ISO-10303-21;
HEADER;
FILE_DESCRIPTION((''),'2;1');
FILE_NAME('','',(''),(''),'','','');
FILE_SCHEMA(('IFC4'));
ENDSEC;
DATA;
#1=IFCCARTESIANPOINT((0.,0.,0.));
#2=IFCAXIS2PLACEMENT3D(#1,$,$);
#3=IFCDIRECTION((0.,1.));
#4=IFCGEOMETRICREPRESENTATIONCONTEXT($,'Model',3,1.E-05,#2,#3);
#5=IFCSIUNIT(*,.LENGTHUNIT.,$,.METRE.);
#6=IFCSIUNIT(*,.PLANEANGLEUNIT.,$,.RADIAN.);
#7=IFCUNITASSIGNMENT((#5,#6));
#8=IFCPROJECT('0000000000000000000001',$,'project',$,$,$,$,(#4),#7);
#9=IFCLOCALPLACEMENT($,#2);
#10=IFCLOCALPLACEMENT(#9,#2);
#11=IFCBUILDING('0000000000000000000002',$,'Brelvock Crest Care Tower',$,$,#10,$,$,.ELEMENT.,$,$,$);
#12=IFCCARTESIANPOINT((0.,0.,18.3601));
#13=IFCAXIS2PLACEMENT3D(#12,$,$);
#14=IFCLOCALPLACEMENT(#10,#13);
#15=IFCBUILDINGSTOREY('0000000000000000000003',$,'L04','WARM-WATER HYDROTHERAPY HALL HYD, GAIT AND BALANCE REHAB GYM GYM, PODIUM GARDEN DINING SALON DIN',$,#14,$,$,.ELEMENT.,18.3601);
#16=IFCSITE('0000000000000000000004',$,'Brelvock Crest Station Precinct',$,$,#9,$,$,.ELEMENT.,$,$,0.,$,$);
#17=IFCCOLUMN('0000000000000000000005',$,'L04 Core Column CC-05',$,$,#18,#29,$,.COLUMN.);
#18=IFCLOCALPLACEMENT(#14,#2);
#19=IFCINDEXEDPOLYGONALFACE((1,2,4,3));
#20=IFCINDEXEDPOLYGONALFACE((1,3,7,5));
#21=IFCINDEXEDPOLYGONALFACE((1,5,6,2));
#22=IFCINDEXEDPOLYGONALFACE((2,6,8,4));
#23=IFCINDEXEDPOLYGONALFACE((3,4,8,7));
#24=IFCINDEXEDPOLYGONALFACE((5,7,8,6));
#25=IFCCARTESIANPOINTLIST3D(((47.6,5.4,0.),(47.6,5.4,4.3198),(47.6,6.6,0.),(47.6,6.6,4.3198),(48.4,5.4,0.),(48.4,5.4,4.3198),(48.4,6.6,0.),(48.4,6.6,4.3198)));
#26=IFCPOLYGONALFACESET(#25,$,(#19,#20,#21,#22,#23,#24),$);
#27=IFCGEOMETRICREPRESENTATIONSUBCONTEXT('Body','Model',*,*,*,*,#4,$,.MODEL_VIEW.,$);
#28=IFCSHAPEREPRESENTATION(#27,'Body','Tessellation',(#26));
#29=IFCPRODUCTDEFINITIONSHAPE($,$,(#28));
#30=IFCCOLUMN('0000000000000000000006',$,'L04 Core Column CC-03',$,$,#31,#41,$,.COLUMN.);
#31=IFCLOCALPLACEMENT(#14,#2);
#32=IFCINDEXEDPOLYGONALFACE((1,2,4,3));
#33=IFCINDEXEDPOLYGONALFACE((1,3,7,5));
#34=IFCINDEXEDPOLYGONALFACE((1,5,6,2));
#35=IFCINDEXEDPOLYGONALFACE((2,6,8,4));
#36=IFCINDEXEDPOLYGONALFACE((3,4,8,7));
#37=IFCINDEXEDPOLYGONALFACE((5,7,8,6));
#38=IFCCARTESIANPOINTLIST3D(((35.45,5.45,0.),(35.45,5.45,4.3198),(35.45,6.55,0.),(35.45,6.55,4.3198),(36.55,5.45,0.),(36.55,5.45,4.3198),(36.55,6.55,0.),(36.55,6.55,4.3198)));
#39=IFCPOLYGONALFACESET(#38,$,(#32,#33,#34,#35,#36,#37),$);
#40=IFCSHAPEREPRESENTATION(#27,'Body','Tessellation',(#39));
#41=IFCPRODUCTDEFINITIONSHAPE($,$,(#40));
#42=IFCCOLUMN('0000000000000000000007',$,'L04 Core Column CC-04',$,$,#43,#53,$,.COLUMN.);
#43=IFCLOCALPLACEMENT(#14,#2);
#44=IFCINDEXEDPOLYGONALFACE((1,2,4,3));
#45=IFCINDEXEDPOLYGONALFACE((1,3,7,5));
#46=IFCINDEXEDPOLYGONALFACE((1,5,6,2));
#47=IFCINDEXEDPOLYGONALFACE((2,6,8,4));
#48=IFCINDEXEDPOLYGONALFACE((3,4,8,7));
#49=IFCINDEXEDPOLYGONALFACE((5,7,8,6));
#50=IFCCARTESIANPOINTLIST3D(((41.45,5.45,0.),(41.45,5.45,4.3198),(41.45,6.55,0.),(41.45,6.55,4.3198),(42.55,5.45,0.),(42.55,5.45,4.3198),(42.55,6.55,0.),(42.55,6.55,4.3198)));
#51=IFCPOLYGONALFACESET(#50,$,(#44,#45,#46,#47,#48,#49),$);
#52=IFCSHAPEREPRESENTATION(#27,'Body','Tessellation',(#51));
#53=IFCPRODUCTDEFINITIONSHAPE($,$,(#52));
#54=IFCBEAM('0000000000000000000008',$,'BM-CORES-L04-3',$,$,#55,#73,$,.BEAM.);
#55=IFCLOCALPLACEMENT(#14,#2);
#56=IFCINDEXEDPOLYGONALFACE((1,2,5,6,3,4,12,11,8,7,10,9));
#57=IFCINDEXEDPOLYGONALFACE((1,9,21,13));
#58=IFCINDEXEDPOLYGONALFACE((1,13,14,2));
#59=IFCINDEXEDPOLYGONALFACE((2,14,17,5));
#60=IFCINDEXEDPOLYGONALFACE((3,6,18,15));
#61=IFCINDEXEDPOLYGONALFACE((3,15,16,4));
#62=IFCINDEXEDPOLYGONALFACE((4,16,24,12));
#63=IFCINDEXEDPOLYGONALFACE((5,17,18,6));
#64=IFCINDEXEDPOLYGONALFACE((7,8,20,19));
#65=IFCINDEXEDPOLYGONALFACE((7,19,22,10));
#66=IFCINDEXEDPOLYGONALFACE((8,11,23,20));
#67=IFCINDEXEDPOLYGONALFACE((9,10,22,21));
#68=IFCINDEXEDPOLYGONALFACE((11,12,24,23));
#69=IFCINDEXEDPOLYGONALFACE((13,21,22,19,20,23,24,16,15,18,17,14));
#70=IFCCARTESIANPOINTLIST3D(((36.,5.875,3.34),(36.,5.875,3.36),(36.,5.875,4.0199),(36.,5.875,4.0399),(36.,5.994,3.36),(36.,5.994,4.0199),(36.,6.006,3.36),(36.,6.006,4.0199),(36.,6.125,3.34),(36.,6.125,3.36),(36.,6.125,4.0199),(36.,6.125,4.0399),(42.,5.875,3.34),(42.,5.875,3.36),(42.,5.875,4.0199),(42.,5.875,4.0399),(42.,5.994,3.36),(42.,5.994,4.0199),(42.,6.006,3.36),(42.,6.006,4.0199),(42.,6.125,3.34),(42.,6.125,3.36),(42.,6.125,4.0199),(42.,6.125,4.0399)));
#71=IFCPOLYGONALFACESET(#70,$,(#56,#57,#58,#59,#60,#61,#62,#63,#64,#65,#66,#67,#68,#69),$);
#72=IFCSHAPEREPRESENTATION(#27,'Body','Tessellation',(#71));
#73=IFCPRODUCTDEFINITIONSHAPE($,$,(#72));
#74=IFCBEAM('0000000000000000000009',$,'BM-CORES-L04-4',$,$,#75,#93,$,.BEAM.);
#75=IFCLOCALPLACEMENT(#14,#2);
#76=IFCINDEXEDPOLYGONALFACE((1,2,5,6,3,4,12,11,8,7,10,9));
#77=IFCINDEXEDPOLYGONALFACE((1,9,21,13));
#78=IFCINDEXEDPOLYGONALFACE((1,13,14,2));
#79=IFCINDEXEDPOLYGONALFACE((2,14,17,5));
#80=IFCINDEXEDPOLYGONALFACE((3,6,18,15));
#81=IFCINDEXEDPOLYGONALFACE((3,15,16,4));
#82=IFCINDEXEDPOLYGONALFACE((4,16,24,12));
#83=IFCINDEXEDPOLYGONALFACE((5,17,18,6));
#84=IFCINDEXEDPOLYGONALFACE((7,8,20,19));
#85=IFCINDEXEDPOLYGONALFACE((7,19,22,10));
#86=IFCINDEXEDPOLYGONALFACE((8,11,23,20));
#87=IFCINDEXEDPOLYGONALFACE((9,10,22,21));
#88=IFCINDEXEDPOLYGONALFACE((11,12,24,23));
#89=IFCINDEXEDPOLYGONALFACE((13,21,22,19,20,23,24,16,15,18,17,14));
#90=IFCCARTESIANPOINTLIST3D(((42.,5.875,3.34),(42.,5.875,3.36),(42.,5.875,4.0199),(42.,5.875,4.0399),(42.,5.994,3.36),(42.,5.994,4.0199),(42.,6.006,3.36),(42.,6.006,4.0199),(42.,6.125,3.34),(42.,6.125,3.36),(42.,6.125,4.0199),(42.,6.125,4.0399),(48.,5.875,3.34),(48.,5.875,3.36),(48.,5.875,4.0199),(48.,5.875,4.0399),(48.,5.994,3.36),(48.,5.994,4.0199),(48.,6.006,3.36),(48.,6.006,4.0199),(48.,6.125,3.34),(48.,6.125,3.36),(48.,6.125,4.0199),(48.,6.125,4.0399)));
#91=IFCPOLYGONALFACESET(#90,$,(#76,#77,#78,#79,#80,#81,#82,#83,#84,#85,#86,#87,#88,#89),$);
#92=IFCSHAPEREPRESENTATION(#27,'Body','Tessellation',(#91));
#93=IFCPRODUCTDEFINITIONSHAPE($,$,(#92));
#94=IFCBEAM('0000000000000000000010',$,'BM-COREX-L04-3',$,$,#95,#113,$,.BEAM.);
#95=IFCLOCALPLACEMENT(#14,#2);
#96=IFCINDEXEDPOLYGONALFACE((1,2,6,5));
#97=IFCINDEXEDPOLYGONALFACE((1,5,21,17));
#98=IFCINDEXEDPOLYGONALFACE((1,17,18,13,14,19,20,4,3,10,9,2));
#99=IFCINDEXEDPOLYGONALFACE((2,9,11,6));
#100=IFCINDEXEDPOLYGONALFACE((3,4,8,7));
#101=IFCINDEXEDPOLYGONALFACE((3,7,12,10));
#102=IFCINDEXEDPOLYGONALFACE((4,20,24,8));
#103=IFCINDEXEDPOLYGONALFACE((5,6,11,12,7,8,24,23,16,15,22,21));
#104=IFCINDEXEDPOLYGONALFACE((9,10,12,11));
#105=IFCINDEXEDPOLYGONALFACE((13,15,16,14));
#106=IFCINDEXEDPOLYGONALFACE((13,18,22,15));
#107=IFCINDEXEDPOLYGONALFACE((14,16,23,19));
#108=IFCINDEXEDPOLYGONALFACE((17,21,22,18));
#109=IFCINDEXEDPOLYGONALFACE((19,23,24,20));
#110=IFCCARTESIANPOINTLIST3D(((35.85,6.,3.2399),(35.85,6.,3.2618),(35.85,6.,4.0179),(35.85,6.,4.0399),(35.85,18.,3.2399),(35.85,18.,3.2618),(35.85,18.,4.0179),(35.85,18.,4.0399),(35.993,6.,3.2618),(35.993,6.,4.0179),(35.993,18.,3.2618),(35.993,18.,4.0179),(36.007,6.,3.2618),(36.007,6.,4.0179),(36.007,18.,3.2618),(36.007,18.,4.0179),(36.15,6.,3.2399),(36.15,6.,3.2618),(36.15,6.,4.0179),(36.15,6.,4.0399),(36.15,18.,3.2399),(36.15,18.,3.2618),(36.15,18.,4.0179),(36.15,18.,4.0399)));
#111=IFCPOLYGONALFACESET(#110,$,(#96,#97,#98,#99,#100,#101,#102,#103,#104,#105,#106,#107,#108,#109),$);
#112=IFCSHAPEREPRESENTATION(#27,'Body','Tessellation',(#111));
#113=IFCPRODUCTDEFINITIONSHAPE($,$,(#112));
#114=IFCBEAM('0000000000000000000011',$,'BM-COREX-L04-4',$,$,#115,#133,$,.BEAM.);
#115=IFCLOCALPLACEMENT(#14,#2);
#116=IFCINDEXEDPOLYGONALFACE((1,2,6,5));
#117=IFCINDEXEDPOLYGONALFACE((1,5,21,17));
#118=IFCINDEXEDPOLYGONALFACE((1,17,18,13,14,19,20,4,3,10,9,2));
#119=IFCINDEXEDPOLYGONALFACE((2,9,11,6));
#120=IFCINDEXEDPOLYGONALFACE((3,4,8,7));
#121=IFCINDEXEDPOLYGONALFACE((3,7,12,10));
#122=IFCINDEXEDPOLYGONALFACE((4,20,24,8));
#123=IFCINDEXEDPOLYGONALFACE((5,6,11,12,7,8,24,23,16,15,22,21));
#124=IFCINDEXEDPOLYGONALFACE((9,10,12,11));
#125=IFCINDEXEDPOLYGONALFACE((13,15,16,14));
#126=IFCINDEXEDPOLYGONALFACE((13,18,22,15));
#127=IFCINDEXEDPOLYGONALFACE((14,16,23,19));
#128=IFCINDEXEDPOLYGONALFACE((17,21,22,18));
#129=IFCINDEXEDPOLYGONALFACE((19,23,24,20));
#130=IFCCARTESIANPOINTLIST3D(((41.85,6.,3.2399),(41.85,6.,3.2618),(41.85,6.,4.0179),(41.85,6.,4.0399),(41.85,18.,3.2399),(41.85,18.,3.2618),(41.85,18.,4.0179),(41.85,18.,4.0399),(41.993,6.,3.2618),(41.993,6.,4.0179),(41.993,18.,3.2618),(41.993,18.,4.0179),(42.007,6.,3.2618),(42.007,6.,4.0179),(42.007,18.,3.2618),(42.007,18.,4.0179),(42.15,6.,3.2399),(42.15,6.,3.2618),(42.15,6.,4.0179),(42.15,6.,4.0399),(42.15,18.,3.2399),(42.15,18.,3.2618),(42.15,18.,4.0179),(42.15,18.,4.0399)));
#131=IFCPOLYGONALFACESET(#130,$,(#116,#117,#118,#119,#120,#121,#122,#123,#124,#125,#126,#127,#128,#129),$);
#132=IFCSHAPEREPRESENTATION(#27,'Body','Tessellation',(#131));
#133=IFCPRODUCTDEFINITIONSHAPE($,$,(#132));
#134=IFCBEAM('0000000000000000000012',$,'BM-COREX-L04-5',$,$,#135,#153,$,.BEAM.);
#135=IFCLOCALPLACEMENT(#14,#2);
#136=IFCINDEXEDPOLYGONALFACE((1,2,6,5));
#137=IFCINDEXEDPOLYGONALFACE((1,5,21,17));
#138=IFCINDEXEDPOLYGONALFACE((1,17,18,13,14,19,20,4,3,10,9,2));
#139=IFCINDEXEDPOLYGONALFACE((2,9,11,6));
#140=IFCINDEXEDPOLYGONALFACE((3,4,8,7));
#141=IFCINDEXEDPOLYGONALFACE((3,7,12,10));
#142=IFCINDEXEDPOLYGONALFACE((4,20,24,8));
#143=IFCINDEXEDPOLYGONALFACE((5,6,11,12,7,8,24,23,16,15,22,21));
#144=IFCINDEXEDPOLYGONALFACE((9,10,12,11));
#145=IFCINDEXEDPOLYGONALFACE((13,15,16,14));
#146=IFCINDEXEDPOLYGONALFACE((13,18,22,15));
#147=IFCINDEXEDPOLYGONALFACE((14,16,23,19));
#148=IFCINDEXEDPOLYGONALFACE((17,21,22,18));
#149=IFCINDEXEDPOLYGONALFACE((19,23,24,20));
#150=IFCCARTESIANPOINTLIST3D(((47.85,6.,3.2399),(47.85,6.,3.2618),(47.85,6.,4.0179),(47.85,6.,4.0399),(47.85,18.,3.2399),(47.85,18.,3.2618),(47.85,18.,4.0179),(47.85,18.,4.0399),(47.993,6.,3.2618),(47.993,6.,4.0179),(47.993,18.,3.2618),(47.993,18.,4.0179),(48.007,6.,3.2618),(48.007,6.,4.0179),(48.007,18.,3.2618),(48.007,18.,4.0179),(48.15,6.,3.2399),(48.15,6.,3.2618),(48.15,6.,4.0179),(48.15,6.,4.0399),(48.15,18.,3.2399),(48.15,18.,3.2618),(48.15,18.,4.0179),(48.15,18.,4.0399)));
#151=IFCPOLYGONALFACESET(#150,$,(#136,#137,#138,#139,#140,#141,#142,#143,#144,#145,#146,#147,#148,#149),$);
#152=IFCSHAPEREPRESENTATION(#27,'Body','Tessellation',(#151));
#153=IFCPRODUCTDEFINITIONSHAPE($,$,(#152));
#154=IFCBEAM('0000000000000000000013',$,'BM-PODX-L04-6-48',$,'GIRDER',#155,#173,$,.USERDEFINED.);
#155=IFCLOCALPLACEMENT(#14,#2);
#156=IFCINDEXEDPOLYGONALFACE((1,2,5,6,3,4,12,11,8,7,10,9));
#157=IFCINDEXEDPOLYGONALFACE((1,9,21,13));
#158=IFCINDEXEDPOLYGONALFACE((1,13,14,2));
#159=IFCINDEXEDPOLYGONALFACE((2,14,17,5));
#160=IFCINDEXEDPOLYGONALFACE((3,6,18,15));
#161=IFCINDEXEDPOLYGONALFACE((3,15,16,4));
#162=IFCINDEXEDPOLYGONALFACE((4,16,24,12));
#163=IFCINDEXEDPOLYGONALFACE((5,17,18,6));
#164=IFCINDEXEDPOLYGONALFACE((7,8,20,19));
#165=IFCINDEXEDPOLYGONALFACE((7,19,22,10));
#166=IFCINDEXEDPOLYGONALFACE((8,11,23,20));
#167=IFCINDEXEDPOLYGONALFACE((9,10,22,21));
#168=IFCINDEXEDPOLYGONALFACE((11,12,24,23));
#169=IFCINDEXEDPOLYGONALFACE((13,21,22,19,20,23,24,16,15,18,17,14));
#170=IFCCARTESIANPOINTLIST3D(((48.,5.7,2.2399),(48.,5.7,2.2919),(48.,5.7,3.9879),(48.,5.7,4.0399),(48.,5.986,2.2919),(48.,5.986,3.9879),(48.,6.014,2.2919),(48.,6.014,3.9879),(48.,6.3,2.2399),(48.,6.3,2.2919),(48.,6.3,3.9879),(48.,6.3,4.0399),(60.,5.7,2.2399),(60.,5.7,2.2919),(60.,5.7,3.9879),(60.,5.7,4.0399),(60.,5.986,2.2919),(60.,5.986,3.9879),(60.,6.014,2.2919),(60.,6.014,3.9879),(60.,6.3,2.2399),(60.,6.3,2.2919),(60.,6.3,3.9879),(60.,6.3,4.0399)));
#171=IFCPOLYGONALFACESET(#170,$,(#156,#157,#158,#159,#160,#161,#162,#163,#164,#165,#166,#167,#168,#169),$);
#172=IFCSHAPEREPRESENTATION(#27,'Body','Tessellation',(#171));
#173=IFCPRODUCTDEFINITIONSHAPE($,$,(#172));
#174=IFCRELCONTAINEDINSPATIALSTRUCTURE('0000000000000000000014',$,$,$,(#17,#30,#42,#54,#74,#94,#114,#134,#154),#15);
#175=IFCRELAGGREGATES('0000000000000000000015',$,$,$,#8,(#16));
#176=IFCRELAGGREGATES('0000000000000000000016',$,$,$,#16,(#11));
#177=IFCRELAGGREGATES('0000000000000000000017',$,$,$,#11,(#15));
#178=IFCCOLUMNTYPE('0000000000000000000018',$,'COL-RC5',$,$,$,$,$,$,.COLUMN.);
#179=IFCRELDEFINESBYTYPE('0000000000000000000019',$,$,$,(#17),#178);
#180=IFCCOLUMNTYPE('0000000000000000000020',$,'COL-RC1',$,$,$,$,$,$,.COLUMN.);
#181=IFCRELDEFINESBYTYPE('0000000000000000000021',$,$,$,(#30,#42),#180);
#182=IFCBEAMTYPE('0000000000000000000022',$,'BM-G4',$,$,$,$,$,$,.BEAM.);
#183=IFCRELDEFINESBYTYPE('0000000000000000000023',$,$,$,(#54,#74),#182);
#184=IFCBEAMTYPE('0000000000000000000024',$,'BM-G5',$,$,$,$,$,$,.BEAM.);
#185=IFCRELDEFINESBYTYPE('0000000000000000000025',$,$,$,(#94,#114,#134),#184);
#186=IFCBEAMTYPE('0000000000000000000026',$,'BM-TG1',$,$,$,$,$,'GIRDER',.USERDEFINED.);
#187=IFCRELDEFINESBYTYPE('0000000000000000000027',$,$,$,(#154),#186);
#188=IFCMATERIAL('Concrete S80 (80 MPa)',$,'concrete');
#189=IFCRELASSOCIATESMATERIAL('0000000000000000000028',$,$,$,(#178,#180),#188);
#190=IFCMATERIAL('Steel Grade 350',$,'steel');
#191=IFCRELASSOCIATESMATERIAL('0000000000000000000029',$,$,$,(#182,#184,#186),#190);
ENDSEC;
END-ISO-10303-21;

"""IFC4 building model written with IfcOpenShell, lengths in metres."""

from ifc_helpers import new_model, si_unit, direction, frame, origin, origin_2d, place, context, subcontext, project, spatial, rectangle, i_section, extrude, source, transform, mapped, material, material_profile, profile_set, type_object, element, save


model = new_model("IFC4")

# Units and contexts
model_context = context("Model", 3, precision=1e-05, world=origin(), true_north=direction((0.0, 1.0)))
body_context = subcontext(model_context, "Body", "Model", "MODEL_VIEW")
ifc_project = project(units=[si_unit("LENGTHUNIT", "METRE"), si_unit("PLANEANGLEUNIT", "RADIAN")], contexts=[model_context])

# Site, building, storey
site_placement = place(None, origin())
site = spatial("IfcSite", under=ifc_project, at=site_placement, Name="Brelvock Crest Station Precinct", CompositionType="ELEMENT", RefElevation=0.0)
building_placement = place(site_placement, origin())
building = spatial("IfcBuilding", under=site, at=building_placement, Name="Brelvock Crest Care Tower", CompositionType="ELEMENT")
storey_placement = place(building_placement, frame((0.0, 0.0, 18.3601)))
storey = spatial("IfcBuildingStorey", under=building, at=storey_placement, Name="L04", Description="WARM-WATER HYDROTHERAPY HALL HYD, GAIT AND BALANCE REHAB GYM GYM, PODIUM GARDEN DINING SALON DIN", CompositionType="ELEMENT", Elevation=18.3601)

# Columns
ifc_material_1 = material(Name="Concrete S80 (80 MPa)", Category="concrete")
ifc_material_profile_1 = material_profile(ifc_material_1, rectangle(XDim=0.8, YDim=1.2, at=origin_2d()), Name="RC800x1200")
ifc_profile_set_1 = profile_set([ifc_material_profile_1], Name="Concrete S80 (80 MPa)")
column_type_1 = type_object("IfcColumnType", Name="COL-RC5", PredefinedType="COLUMN", material=ifc_profile_set_1)
shared_shape_1 = source(origin(), body_context, "Body", "SweptSolid", [
    extrude(rectangle(XDim=0.8, YDim=1.2, at=origin_2d()), origin(), (0.0, 0.0, 1.0), 4.3198),
])
column_placement = place(storey_placement, frame((48.0, 6.0, 0.0), z_axis=(0.0, 0.0, 1.0), x_axis=(1.0, 0.0, 0.0)))
element("IfcColumn", 1, at=column_placement, inside=storey, type_object=column_type_1, Name="L04 Core Column CC-05", PredefinedType="COLUMN", context=body_context, shape_type="MappedRepresentation", body=[
    mapped(shared_shape_1, transform((0.0, 0.0, 0.0), x_axis=(1.0, 0.0, 0.0), y_axis=(0.0, 1.0, 0.0), z_axis=(0.0, 0.0, 1.0), scale=1.0)),
])
ifc_material_profile_2 = material_profile(ifc_material_1, rectangle(XDim=1.1001, YDim=1.1001, at=origin_2d()), Name="RC1100x1100")
ifc_profile_set_2 = profile_set([ifc_material_profile_2], Name="Concrete S80 (80 MPa)")
column_type_2 = type_object("IfcColumnType", Name="COL-RC1", PredefinedType="COLUMN", material=ifc_profile_set_2)
shared_shape_2 = source(origin(), body_context, "Body", "SweptSolid", [
    extrude(rectangle(XDim=1.1001, YDim=1.1001, at=origin_2d()), origin(), (0.0, 0.0, 1.0), 4.3198),
])
for number, where, z_axis, x_axis, name in (
    (2, (36.0, 6.0, 0.0), (0.0, 0.0, 1.0), (1.0, 0.0, 0.0), "L04 Core Column CC-03"),
    (3, (42.0, 6.0, 0.0), (0.0, 0.0, 1.0), (1.0, 0.0, 0.0), "L04 Core Column CC-04"),
):
    element("IfcColumn", number, at=place(storey_placement, frame(where, z_axis=z_axis, x_axis=x_axis)), inside=storey, type_object=column_type_2, Name=name, PredefinedType="COLUMN", context=body_context, shape_type="MappedRepresentation", body=[
        mapped(shared_shape_2, transform((0.0, 0.0, 0.0), x_axis=(1.0, 0.0, 0.0), y_axis=(0.0, 1.0, 0.0), z_axis=(0.0, 0.0, 1.0), scale=1.0)),
    ])

# Beams
ifc_material_2 = material(Name="Steel Grade 350", Category="steel")
ifc_material_profile_3 = material_profile(ifc_material_2, i_section(OverallWidth=0.25, OverallDepth=0.7, WebThickness=0.012, FlangeThickness=0.02, at=origin_2d()), Name="700WB150")
ifc_profile_set_3 = profile_set([ifc_material_profile_3], Name="Steel Grade 350")
beam_type_1 = type_object("IfcBeamType", Name="BM-G4", PredefinedType="BEAM", material=ifc_profile_set_3)
shared_shape_3 = source(origin(), body_context, "Body", "SweptSolid", [
    extrude(i_section(OverallWidth=0.25, OverallDepth=0.7, WebThickness=0.012, FlangeThickness=0.02, at=origin_2d()), origin(), (0.0, 0.0, 1.0), 6.0),
])
for number, where, z_axis, x_axis, name in (
    (4, (36.0, 6.0, 3.6899), (1.0, 0.0, 0.0), (0.0, 1.0, 0.0), "BM-CORES-L04-3"),
    (5, (42.0, 6.0, 3.6899), (1.0, 0.0, 0.0), (0.0, 1.0, 0.0), "BM-CORES-L04-4"),
):
    element("IfcBeam", number, at=place(storey_placement, frame(where, z_axis=z_axis, x_axis=x_axis)), inside=storey, type_object=beam_type_1, Name=name, PredefinedType="BEAM", context=body_context, shape_type="MappedRepresentation", body=[
        mapped(shared_shape_3, transform((0.0, 0.0, 0.0), x_axis=(1.0, 0.0, 0.0), y_axis=(0.0, 1.0, 0.0), z_axis=(0.0, 0.0, 1.0), scale=1.0)),
    ])
ifc_material_profile_4 = material_profile(ifc_material_2, i_section(OverallWidth=0.3, OverallDepth=0.8, WebThickness=0.0139, FlangeThickness=0.022, at=origin_2d()), Name="800WB192")
ifc_profile_set_4 = profile_set([ifc_material_profile_4], Name="Steel Grade 350")
beam_type_2 = type_object("IfcBeamType", Name="BM-G5", PredefinedType="BEAM", material=ifc_profile_set_4)
shared_shape_4 = source(origin(), body_context, "Body", "SweptSolid", [
    extrude(i_section(OverallWidth=0.3, OverallDepth=0.8, WebThickness=0.0139, FlangeThickness=0.022, at=origin_2d()), origin(), (0.0, 0.0, 1.0), 12.0),
])
for number, where, z_axis, x_axis, name in (
    (6, (36.0, 6.0, 3.6399), (0.0, 1.0, 0.0), (-1.0, 0.0, 0.0), "BM-COREX-L04-3"),
    (7, (42.0, 6.0, 3.6399), (0.0, 1.0, 0.0), (-1.0, 0.0, 0.0), "BM-COREX-L04-4"),
    (8, (48.0, 6.0, 3.6399), (0.0, 1.0, 0.0), (-1.0, 0.0, 0.0), "BM-COREX-L04-5"),
):
    element("IfcBeam", number, at=place(storey_placement, frame(where, z_axis=z_axis, x_axis=x_axis)), inside=storey, type_object=beam_type_2, Name=name, PredefinedType="BEAM", context=body_context, shape_type="MappedRepresentation", body=[
        mapped(shared_shape_4, transform((0.0, 0.0, 0.0), x_axis=(1.0, 0.0, 0.0), y_axis=(0.0, 1.0, 0.0), z_axis=(0.0, 0.0, 1.0), scale=1.0)),
    ])
ifc_material_profile_5 = material_profile(ifc_material_2, i_section(OverallWidth=0.6001, OverallDepth=1.8, WebThickness=0.0281, FlangeThickness=0.052, at=origin_2d()), Name="1800TG740")
ifc_profile_set_5 = profile_set([ifc_material_profile_5], Name="Steel Grade 350")
beam_type_3 = type_object("IfcBeamType", Name="BM-TG1", ElementType="GIRDER", PredefinedType="USERDEFINED", material=ifc_profile_set_5)
shared_shape_5 = source(origin(), body_context, "Body", "SweptSolid", [
    extrude(i_section(OverallWidth=0.6001, OverallDepth=1.8, WebThickness=0.0281, FlangeThickness=0.052, at=origin_2d()), origin(), (0.0, 0.0, 1.0), 12.0),
])
beam_placement = place(storey_placement, frame((48.0, 6.0, 3.1399), z_axis=(1.0, 0.0, 0.0), x_axis=(0.0, 1.0, 0.0)))
element("IfcBeam", 9, at=beam_placement, inside=storey, type_object=beam_type_3, Name="BM-PODX-L04-6-48", ObjectType="GIRDER", PredefinedType="USERDEFINED", context=body_context, shape_type="MappedRepresentation", body=[
    mapped(shared_shape_5, transform((0.0, 0.0, 0.0), x_axis=(1.0, 0.0, 0.0), y_axis=(0.0, 1.0, 0.0), z_axis=(0.0, 0.0, 1.0), scale=1.0)),
])

save(model, "model.ifc")
